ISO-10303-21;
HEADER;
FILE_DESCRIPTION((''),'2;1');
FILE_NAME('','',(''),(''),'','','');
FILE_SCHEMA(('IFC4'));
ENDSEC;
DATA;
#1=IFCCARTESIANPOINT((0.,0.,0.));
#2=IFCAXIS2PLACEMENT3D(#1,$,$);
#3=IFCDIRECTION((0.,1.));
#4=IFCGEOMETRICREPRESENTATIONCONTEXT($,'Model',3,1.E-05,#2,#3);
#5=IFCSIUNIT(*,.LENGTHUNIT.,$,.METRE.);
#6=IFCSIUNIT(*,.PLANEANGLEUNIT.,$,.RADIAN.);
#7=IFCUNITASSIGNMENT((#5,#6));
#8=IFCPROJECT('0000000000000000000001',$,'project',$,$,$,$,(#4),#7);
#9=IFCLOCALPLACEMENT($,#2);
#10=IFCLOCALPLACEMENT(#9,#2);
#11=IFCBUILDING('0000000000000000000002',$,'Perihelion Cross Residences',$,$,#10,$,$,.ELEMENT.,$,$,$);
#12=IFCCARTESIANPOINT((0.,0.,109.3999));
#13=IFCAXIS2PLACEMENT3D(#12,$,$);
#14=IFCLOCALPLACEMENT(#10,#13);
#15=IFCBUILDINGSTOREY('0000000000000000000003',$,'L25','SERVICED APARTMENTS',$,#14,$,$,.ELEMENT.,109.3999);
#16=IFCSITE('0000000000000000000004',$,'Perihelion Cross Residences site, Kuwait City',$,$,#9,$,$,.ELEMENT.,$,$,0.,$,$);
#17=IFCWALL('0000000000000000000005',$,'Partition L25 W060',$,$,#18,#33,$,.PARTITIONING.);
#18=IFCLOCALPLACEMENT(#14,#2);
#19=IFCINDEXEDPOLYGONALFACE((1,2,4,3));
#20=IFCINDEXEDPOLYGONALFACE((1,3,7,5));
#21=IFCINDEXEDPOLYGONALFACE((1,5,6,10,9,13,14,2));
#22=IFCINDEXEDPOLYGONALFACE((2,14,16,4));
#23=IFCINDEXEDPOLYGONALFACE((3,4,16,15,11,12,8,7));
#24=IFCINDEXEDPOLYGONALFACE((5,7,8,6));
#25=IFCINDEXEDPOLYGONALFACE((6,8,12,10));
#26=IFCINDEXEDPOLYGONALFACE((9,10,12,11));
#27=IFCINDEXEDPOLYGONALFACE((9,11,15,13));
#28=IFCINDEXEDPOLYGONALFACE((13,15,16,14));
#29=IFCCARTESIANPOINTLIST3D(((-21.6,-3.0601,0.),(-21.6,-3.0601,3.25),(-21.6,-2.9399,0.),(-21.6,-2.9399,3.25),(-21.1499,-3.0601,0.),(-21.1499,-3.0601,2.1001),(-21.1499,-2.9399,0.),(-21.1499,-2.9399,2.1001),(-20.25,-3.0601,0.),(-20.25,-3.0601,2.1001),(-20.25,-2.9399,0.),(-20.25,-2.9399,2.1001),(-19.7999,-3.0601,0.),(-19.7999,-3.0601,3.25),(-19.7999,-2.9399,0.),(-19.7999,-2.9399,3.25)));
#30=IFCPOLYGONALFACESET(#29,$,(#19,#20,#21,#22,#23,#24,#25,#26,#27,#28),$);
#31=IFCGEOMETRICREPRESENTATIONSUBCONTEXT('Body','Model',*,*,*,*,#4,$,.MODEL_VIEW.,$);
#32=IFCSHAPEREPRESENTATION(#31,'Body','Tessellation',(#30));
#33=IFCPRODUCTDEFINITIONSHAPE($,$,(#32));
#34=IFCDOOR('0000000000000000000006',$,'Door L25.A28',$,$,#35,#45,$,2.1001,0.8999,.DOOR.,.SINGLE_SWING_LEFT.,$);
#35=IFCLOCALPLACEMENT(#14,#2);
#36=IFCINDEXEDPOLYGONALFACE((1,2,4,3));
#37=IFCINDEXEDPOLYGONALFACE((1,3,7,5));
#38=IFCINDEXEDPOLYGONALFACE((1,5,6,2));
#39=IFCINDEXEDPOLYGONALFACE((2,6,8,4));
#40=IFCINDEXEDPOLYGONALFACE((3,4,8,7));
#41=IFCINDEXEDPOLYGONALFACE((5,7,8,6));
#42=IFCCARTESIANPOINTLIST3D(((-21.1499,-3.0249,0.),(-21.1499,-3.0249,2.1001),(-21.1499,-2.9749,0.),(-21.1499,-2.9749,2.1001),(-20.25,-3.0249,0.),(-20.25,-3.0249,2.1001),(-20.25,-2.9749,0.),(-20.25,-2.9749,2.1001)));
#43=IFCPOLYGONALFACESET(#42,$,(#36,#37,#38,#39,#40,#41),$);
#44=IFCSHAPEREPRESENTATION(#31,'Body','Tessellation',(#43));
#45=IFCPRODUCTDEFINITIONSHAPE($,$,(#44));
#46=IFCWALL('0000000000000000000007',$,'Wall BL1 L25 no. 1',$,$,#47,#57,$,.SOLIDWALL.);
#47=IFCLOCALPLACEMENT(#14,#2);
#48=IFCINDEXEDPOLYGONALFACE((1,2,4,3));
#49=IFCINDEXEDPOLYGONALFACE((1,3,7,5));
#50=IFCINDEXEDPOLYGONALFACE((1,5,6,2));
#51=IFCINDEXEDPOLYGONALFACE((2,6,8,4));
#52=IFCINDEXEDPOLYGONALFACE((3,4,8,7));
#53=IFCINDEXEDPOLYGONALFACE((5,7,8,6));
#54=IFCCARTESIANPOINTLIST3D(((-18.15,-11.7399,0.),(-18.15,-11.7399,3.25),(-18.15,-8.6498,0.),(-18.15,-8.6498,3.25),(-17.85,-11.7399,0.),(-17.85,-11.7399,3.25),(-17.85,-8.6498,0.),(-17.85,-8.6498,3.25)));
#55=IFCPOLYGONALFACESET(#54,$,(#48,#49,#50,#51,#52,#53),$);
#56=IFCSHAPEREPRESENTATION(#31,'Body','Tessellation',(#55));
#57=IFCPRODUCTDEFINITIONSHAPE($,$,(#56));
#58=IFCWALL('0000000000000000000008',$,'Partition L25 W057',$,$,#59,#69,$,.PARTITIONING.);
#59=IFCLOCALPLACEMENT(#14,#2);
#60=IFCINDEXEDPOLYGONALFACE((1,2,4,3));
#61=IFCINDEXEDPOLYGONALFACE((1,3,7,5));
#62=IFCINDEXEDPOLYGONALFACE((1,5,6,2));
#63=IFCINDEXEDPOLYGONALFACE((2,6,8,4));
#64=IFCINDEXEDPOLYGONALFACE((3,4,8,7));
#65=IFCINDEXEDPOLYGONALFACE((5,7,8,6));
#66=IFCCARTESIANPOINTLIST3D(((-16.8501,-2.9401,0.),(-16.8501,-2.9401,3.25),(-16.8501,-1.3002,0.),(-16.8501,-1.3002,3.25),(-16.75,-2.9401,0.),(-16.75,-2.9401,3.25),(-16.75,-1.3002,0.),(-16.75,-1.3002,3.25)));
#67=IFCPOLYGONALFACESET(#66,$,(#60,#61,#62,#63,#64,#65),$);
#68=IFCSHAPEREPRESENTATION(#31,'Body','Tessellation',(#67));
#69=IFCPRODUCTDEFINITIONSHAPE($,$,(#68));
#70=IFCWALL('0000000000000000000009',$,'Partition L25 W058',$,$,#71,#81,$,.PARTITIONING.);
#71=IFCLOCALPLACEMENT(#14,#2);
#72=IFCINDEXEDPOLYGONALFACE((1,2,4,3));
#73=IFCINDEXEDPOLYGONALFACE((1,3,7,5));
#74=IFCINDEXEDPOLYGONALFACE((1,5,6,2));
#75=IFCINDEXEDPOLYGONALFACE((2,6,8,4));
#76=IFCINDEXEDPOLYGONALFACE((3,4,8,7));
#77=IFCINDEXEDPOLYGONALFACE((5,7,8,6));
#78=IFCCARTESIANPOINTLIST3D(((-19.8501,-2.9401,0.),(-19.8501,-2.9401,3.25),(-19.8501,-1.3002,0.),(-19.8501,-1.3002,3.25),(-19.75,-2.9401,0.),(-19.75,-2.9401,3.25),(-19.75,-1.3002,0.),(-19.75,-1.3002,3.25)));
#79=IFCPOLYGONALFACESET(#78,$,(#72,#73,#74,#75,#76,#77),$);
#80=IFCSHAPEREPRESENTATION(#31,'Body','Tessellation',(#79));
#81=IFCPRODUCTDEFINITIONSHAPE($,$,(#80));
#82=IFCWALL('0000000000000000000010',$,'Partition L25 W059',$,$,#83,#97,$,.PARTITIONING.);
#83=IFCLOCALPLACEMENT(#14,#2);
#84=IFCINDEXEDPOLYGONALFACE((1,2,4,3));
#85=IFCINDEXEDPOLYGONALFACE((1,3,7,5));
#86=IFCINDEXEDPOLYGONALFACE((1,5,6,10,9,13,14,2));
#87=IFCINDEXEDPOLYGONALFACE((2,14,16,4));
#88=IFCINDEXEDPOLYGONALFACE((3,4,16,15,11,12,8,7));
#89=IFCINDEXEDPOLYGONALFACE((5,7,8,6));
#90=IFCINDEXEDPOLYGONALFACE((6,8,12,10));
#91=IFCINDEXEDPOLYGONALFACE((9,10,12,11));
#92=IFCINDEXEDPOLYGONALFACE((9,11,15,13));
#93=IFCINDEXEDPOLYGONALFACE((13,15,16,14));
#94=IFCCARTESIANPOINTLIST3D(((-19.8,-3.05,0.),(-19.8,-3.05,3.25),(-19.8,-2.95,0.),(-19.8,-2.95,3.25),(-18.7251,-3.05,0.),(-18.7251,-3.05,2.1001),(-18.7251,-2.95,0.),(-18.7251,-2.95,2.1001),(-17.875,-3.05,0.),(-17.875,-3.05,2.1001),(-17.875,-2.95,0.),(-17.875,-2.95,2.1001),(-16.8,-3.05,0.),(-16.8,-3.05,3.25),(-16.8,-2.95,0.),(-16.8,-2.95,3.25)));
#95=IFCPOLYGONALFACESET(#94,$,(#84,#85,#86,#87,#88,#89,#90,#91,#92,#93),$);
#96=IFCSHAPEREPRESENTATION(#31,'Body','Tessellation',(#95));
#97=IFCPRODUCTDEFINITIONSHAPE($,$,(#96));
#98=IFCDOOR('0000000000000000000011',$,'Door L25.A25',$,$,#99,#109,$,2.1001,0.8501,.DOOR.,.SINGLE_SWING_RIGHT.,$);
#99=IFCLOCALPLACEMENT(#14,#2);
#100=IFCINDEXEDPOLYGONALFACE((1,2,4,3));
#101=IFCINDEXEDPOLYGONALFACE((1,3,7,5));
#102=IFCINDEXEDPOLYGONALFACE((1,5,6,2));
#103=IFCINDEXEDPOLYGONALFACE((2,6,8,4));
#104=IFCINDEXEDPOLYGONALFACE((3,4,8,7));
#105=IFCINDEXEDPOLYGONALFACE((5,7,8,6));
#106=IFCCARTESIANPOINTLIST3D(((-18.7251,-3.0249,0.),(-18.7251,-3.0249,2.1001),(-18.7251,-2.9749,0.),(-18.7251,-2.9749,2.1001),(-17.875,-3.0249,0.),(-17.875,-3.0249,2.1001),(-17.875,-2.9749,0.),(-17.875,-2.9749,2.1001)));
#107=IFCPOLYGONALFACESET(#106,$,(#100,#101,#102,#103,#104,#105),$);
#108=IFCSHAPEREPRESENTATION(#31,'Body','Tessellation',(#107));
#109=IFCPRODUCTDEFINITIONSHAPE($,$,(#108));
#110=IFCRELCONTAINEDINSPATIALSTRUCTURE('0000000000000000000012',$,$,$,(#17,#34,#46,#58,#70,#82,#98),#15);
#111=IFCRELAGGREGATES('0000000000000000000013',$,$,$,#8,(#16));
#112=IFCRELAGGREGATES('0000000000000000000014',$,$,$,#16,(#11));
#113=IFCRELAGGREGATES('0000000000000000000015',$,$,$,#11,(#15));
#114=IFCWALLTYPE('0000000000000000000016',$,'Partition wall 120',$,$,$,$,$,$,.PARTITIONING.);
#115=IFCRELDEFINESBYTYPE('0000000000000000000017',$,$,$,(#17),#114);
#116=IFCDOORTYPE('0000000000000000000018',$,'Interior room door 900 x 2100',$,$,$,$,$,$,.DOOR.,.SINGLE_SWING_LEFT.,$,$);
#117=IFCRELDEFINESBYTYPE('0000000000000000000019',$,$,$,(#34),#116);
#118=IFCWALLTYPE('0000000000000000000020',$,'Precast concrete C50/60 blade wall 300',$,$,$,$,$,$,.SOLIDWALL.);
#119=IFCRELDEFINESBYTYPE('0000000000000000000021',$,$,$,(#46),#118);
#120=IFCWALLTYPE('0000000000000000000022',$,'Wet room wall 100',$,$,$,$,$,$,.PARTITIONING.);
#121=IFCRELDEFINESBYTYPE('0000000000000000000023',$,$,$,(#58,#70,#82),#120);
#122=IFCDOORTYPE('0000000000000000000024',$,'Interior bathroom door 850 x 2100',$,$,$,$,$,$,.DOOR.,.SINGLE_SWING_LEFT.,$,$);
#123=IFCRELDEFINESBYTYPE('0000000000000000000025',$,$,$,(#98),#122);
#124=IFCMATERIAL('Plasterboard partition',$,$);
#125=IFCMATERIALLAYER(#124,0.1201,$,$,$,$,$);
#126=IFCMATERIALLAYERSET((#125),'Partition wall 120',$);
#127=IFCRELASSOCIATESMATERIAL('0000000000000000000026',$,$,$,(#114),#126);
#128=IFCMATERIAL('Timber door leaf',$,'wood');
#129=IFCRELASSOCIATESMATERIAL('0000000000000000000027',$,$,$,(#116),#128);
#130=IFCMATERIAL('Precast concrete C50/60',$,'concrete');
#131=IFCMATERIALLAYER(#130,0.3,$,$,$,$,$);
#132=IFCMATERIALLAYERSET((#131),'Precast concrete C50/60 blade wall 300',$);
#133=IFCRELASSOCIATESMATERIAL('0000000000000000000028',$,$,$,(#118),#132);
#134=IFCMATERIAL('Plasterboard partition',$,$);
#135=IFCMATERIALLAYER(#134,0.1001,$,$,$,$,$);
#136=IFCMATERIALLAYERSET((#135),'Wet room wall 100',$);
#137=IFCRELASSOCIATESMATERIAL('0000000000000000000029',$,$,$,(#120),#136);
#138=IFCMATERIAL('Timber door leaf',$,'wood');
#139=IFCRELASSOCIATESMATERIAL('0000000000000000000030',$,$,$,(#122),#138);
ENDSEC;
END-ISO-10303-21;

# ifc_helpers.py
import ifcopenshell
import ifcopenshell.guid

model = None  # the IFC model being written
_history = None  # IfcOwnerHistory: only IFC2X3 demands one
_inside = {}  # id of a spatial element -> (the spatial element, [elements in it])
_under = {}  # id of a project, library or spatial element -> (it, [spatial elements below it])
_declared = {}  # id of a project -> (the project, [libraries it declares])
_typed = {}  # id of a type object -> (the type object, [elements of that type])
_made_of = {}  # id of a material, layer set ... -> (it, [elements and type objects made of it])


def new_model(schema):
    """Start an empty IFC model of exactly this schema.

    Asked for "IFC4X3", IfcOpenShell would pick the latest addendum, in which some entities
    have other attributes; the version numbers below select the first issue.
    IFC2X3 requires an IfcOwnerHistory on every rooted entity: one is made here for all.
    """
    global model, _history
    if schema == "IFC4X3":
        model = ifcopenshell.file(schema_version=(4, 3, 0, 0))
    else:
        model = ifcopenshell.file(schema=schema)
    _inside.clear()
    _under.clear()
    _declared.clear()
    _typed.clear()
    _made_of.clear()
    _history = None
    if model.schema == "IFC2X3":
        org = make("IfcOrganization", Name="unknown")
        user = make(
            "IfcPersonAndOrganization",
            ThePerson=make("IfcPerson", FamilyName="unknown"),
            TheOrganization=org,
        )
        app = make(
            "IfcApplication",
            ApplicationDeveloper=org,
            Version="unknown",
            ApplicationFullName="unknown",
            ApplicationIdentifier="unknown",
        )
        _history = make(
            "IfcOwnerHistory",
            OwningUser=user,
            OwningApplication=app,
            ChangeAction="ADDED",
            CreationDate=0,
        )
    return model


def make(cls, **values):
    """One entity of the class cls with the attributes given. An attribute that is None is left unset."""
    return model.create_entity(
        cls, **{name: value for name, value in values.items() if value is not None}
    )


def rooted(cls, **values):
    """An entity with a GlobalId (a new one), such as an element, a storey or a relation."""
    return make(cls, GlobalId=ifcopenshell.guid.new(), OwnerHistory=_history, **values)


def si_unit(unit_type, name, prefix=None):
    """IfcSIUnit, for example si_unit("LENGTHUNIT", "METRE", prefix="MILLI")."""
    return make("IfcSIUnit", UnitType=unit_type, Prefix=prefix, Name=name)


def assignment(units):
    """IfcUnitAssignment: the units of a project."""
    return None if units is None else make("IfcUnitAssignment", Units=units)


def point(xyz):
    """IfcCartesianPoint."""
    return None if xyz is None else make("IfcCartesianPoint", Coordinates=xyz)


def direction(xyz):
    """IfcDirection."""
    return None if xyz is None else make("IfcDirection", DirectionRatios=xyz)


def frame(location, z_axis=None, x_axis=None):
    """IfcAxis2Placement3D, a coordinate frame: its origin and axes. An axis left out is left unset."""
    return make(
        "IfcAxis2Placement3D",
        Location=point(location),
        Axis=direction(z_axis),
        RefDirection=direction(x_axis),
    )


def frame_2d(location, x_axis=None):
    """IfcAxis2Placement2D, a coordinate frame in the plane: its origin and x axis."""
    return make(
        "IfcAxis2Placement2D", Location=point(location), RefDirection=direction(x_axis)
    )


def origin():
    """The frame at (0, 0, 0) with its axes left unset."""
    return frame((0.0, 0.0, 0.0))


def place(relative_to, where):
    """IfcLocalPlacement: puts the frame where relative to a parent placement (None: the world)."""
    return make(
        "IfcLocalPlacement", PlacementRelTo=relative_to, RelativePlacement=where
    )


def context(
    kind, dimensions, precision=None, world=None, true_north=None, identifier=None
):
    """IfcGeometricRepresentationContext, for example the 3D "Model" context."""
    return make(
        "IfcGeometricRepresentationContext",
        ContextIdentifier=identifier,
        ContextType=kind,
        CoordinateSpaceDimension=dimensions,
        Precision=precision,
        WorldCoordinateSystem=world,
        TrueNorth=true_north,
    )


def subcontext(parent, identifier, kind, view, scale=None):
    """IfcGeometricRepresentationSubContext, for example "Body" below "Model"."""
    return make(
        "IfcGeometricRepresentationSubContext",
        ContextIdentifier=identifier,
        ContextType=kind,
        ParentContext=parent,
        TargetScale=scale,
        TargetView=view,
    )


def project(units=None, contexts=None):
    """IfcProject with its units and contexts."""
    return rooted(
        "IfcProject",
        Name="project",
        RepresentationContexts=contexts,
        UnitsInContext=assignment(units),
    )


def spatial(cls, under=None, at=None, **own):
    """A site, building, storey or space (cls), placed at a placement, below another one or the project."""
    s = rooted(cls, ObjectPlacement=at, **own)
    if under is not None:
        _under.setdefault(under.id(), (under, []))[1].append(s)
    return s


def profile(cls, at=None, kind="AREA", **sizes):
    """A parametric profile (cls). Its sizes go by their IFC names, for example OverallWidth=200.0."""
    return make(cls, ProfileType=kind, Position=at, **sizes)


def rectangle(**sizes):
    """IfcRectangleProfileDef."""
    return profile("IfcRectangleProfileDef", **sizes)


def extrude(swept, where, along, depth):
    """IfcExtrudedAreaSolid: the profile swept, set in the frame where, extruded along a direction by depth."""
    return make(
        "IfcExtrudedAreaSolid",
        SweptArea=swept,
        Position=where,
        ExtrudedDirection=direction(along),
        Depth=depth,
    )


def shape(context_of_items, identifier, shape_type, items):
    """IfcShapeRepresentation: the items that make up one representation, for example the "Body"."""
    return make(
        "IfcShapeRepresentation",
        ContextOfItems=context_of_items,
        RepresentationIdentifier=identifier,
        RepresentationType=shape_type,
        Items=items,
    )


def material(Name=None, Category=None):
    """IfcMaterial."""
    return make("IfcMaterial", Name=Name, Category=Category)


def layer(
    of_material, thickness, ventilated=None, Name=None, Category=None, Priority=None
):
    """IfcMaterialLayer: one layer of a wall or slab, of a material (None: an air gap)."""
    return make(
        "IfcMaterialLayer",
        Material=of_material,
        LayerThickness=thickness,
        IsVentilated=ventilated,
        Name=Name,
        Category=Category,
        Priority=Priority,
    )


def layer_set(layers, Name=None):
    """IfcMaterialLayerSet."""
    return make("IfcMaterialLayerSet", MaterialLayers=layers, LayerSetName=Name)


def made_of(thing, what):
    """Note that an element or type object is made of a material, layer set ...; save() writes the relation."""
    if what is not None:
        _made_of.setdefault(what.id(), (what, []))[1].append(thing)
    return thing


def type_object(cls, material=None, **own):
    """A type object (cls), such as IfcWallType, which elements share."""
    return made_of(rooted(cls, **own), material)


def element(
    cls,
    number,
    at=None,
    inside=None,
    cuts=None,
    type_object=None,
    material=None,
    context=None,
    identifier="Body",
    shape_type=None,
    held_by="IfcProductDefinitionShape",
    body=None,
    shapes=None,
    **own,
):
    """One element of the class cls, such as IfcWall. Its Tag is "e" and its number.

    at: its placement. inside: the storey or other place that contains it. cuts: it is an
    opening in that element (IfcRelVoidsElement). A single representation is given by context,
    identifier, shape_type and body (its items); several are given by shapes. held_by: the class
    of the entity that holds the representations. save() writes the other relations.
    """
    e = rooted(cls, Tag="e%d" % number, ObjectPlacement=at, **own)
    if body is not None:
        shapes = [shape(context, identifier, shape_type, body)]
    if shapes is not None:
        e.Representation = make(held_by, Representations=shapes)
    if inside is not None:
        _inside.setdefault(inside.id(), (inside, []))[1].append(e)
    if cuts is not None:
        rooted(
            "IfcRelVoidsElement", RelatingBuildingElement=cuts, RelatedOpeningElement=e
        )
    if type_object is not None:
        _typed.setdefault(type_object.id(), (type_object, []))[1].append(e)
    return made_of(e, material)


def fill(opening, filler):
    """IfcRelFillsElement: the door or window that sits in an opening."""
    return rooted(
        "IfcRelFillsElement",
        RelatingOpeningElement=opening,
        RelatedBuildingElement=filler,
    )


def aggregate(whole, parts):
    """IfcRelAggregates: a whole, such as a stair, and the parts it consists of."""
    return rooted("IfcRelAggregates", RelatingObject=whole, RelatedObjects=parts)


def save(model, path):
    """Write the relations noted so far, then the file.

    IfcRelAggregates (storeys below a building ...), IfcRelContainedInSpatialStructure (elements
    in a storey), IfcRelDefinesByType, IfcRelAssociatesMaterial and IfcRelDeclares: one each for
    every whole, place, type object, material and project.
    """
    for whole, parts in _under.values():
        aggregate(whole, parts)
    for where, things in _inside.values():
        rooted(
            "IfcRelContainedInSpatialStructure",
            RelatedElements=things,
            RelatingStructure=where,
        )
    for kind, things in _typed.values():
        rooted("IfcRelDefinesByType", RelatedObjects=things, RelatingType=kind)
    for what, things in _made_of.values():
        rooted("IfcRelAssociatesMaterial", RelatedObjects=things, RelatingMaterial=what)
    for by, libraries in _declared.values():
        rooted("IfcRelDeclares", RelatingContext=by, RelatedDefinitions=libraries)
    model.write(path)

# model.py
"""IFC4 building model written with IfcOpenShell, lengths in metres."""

from ifc_helpers import new_model, si_unit, direction, frame, frame_2d, origin, place, context, subcontext, project, spatial, rectangle, extrude, material, layer, layer_set, type_object, element, fill, save


model = new_model("IFC4")

# Units and contexts
model_context = context("Model", 3, precision=1e-05, world=origin(), true_north=direction((0.0, 1.0)))
body_context = subcontext(model_context, "Body", "Model", "MODEL_VIEW")
ifc_project = project(units=[si_unit("LENGTHUNIT", "METRE"), si_unit("PLANEANGLEUNIT", "RADIAN")], contexts=[model_context])

# Site, building, storey
site_placement = place(None, origin())
site = spatial("IfcSite", under=ifc_project, at=site_placement, Name="Perihelion Cross Residences site, Kuwait City", CompositionType="ELEMENT", RefElevation=0.0)
building_placement = place(site_placement, origin())
building = spatial("IfcBuilding", under=site, at=building_placement, Name="Perihelion Cross Residences", CompositionType="ELEMENT")
storey_placement = place(building_placement, frame((0.0, 0.0, 109.3999)))
storey = spatial("IfcBuildingStorey", under=building, at=storey_placement, Name="L25", Description="SERVICED APARTMENTS", CompositionType="ELEMENT", Elevation=109.3999)

# Shared definitions
ifc_material_1 = material(Name="Plasterboard partition")
ifc_layer_1 = layer(ifc_material_1, 0.1201)
ifc_layer_set_1 = layer_set([ifc_layer_1], Name="Partition wall 120")
wall_type_1 = type_object("IfcWallType", Name="Partition wall 120", PredefinedType="PARTITIONING", material=ifc_layer_set_1)

# Wall, opening, door
ifc_material_2 = material(Name="Timber door leaf", Category="wood")
door_type_1 = type_object("IfcDoorType", Name="Interior room door 900 x 2100", OperationType="SINGLE_SWING_LEFT", PredefinedType="DOOR", material=ifc_material_2)
wall_1_placement = place(storey_placement, frame((-19.8, -3.0, 0.0), z_axis=(0.0, 0.0, 1.0), x_axis=(-1.0, 0.0, 0.0)))
wall_1 = element("IfcWall", 1, at=wall_1_placement, inside=storey, type_object=wall_type_1, Name="Partition L25 W060", PredefinedType="PARTITIONING", context=body_context, shape_type="SweptSolid", body=[
    extrude(rectangle(XDim=1.8, YDim=0.1201, at=frame_2d((0.8999, 0.0))), origin(), (0.0, 0.0, 1.0), 3.25),
])
opening_1_placement = place(wall_1_placement, frame((0.45, 0.0, 0.0)))
opening_1 = element("IfcOpeningElement", 2, at=opening_1_placement, cuts=wall_1, PredefinedType="OPENING", context=body_context, shape_type="SweptSolid", body=[
    extrude(rectangle(XDim=0.8999, YDim=2.1001, at=frame_2d((0.45, 1.05))), frame((0.0, 0.0701, 0.0), z_axis=(0.0, -1.0, 0.0), x_axis=(1.0, 0.0, 0.0)), (0.0, 0.0, 1.0), 0.1401),
])
door_1_placement = place(opening_1_placement, origin())
door_1 = element("IfcDoor", 3, at=door_1_placement, inside=storey, type_object=door_type_1, Name="Door L25.A28", OperationType="SINGLE_SWING_LEFT", OverallHeight=2.1001, OverallWidth=0.8999, PredefinedType="DOOR", context=body_context, shape_type="SweptSolid", body=[
    extrude(rectangle(XDim=0.8999, YDim=2.1001, at=frame_2d((0.45, 1.05))), frame((0.0, 0.0249, 0.0), z_axis=(0.0, -1.0, 0.0), x_axis=(1.0, 0.0, 0.0)), (0.0, 0.0, 1.0), 0.05),
])
fill(opening_1, door_1)

# Walls
ifc_material_3 = material(Name="Precast concrete C50/60", Category="concrete")
ifc_layer_2 = layer(ifc_material_3, 0.3)
ifc_layer_set_2 = layer_set([ifc_layer_2], Name="Precast concrete C50/60 blade wall 300")
wall_type_2 = type_object("IfcWallType", Name="Precast concrete C50/60 blade wall 300", PredefinedType="SOLIDWALL", material=ifc_layer_set_2)
wall_2_placement = place(storey_placement, frame((-18.0, -8.6499, 0.0), z_axis=(0.0, 0.0, 1.0), x_axis=(0.0, -1.0, 0.0)))
element("IfcWall", 4, at=wall_2_placement, inside=storey, type_object=wall_type_2, Name="Wall BL1 L25 no. 1", PredefinedType="SOLIDWALL", context=body_context, shape_type="SweptSolid", body=[
    extrude(rectangle(XDim=3.0901, YDim=0.3, at=frame_2d((1.5449, 0.0))), origin(), (0.0, 0.0, 1.0), 3.25),
])
ifc_material_4 = material(Name="Plasterboard partition")
ifc_layer_3 = layer(ifc_material_4, 0.1001)
ifc_layer_set_3 = layer_set([ifc_layer_3], Name="Wet room wall 100")
wall_type_3 = type_object("IfcWallType", Name="Wet room wall 100", PredefinedType="PARTITIONING", material=ifc_layer_set_3)
for number, where, z_axis, x_axis, name in (
    (5, (-16.8, -2.9399, 0.0), (0.0, 0.0, 1.0), (0.0, 1.0, 0.0), "Partition L25 W057"),
    (6, (-19.8, -2.9399, 0.0), (0.0, 0.0, 1.0), (0.0, 1.0, 0.0), "Partition L25 W058"),
):
    element("IfcWall", number, at=place(storey_placement, frame(where, z_axis=z_axis, x_axis=x_axis)), inside=storey, type_object=wall_type_3, Name=name, PredefinedType="PARTITIONING", context=body_context, shape_type="SweptSolid", body=[
        extrude(rectangle(XDim=1.6399, YDim=0.1001, at=frame_2d((0.8198, 0.0))), origin(), (0.0, 0.0, 1.0), 3.25),
    ])

# Wall, opening, door
wall_3_placement = place(storey_placement, frame((-16.8, -3.0, 0.0), z_axis=(0.0, 0.0, 1.0), x_axis=(-1.0, 0.0, 0.0)))
wall_3 = element("IfcWall", 7, at=wall_3_placement, inside=storey, type_object=wall_type_3, Name="Partition L25 W059", PredefinedType="PARTITIONING", context=body_context, shape_type="SweptSolid", body=[
    extrude(rectangle(XDim=3.0, YDim=0.1001, at=frame_2d((1.5, 0.0))), origin(), (0.0, 0.0, 1.0), 3.25),
])
opening_2_placement = place(wall_3_placement, frame((1.075, 0.0, 0.0)))
opening_2 = element("IfcOpeningElement", 8, at=opening_2_placement, cuts=wall_3, PredefinedType="OPENING", context=body_context, shape_type="SweptSolid", body=[
    extrude(rectangle(XDim=0.8501, YDim=2.1001, at=frame_2d((0.425, 1.05))), frame((0.0, 0.0601, 0.0), z_axis=(0.0, -1.0, 0.0), x_axis=(1.0, 0.0, 0.0)), (0.0, 0.0, 1.0), 0.1201),
])
ifc_material_5 = material(Name="Timber door leaf", Category="wood")
door_type_2 = type_object("IfcDoorType", Name="Interior bathroom door 850 x 2100", OperationType="SINGLE_SWING_LEFT", PredefinedType="DOOR", material=ifc_material_5)
door_2_placement = place(opening_2_placement, origin())
door_2 = element("IfcDoor", 9, at=door_2_placement, inside=storey, type_object=door_type_2, Name="Door L25.A25", OperationType="SINGLE_SWING_RIGHT", OverallHeight=2.1001, OverallWidth=0.8501, PredefinedType="DOOR", context=body_context, shape_type="SweptSolid", body=[
    extrude(rectangle(XDim=0.8501, YDim=2.1001, at=frame_2d((0.425, 1.05))), frame((0.0, 0.0249, 0.0), z_axis=(0.0, -1.0, 0.0), x_axis=(1.0, 0.0, 0.0)), (0.0, 0.0, 1.0), 0.05),
])
fill(opening_2, door_2)

save(model, "model.ifc")
